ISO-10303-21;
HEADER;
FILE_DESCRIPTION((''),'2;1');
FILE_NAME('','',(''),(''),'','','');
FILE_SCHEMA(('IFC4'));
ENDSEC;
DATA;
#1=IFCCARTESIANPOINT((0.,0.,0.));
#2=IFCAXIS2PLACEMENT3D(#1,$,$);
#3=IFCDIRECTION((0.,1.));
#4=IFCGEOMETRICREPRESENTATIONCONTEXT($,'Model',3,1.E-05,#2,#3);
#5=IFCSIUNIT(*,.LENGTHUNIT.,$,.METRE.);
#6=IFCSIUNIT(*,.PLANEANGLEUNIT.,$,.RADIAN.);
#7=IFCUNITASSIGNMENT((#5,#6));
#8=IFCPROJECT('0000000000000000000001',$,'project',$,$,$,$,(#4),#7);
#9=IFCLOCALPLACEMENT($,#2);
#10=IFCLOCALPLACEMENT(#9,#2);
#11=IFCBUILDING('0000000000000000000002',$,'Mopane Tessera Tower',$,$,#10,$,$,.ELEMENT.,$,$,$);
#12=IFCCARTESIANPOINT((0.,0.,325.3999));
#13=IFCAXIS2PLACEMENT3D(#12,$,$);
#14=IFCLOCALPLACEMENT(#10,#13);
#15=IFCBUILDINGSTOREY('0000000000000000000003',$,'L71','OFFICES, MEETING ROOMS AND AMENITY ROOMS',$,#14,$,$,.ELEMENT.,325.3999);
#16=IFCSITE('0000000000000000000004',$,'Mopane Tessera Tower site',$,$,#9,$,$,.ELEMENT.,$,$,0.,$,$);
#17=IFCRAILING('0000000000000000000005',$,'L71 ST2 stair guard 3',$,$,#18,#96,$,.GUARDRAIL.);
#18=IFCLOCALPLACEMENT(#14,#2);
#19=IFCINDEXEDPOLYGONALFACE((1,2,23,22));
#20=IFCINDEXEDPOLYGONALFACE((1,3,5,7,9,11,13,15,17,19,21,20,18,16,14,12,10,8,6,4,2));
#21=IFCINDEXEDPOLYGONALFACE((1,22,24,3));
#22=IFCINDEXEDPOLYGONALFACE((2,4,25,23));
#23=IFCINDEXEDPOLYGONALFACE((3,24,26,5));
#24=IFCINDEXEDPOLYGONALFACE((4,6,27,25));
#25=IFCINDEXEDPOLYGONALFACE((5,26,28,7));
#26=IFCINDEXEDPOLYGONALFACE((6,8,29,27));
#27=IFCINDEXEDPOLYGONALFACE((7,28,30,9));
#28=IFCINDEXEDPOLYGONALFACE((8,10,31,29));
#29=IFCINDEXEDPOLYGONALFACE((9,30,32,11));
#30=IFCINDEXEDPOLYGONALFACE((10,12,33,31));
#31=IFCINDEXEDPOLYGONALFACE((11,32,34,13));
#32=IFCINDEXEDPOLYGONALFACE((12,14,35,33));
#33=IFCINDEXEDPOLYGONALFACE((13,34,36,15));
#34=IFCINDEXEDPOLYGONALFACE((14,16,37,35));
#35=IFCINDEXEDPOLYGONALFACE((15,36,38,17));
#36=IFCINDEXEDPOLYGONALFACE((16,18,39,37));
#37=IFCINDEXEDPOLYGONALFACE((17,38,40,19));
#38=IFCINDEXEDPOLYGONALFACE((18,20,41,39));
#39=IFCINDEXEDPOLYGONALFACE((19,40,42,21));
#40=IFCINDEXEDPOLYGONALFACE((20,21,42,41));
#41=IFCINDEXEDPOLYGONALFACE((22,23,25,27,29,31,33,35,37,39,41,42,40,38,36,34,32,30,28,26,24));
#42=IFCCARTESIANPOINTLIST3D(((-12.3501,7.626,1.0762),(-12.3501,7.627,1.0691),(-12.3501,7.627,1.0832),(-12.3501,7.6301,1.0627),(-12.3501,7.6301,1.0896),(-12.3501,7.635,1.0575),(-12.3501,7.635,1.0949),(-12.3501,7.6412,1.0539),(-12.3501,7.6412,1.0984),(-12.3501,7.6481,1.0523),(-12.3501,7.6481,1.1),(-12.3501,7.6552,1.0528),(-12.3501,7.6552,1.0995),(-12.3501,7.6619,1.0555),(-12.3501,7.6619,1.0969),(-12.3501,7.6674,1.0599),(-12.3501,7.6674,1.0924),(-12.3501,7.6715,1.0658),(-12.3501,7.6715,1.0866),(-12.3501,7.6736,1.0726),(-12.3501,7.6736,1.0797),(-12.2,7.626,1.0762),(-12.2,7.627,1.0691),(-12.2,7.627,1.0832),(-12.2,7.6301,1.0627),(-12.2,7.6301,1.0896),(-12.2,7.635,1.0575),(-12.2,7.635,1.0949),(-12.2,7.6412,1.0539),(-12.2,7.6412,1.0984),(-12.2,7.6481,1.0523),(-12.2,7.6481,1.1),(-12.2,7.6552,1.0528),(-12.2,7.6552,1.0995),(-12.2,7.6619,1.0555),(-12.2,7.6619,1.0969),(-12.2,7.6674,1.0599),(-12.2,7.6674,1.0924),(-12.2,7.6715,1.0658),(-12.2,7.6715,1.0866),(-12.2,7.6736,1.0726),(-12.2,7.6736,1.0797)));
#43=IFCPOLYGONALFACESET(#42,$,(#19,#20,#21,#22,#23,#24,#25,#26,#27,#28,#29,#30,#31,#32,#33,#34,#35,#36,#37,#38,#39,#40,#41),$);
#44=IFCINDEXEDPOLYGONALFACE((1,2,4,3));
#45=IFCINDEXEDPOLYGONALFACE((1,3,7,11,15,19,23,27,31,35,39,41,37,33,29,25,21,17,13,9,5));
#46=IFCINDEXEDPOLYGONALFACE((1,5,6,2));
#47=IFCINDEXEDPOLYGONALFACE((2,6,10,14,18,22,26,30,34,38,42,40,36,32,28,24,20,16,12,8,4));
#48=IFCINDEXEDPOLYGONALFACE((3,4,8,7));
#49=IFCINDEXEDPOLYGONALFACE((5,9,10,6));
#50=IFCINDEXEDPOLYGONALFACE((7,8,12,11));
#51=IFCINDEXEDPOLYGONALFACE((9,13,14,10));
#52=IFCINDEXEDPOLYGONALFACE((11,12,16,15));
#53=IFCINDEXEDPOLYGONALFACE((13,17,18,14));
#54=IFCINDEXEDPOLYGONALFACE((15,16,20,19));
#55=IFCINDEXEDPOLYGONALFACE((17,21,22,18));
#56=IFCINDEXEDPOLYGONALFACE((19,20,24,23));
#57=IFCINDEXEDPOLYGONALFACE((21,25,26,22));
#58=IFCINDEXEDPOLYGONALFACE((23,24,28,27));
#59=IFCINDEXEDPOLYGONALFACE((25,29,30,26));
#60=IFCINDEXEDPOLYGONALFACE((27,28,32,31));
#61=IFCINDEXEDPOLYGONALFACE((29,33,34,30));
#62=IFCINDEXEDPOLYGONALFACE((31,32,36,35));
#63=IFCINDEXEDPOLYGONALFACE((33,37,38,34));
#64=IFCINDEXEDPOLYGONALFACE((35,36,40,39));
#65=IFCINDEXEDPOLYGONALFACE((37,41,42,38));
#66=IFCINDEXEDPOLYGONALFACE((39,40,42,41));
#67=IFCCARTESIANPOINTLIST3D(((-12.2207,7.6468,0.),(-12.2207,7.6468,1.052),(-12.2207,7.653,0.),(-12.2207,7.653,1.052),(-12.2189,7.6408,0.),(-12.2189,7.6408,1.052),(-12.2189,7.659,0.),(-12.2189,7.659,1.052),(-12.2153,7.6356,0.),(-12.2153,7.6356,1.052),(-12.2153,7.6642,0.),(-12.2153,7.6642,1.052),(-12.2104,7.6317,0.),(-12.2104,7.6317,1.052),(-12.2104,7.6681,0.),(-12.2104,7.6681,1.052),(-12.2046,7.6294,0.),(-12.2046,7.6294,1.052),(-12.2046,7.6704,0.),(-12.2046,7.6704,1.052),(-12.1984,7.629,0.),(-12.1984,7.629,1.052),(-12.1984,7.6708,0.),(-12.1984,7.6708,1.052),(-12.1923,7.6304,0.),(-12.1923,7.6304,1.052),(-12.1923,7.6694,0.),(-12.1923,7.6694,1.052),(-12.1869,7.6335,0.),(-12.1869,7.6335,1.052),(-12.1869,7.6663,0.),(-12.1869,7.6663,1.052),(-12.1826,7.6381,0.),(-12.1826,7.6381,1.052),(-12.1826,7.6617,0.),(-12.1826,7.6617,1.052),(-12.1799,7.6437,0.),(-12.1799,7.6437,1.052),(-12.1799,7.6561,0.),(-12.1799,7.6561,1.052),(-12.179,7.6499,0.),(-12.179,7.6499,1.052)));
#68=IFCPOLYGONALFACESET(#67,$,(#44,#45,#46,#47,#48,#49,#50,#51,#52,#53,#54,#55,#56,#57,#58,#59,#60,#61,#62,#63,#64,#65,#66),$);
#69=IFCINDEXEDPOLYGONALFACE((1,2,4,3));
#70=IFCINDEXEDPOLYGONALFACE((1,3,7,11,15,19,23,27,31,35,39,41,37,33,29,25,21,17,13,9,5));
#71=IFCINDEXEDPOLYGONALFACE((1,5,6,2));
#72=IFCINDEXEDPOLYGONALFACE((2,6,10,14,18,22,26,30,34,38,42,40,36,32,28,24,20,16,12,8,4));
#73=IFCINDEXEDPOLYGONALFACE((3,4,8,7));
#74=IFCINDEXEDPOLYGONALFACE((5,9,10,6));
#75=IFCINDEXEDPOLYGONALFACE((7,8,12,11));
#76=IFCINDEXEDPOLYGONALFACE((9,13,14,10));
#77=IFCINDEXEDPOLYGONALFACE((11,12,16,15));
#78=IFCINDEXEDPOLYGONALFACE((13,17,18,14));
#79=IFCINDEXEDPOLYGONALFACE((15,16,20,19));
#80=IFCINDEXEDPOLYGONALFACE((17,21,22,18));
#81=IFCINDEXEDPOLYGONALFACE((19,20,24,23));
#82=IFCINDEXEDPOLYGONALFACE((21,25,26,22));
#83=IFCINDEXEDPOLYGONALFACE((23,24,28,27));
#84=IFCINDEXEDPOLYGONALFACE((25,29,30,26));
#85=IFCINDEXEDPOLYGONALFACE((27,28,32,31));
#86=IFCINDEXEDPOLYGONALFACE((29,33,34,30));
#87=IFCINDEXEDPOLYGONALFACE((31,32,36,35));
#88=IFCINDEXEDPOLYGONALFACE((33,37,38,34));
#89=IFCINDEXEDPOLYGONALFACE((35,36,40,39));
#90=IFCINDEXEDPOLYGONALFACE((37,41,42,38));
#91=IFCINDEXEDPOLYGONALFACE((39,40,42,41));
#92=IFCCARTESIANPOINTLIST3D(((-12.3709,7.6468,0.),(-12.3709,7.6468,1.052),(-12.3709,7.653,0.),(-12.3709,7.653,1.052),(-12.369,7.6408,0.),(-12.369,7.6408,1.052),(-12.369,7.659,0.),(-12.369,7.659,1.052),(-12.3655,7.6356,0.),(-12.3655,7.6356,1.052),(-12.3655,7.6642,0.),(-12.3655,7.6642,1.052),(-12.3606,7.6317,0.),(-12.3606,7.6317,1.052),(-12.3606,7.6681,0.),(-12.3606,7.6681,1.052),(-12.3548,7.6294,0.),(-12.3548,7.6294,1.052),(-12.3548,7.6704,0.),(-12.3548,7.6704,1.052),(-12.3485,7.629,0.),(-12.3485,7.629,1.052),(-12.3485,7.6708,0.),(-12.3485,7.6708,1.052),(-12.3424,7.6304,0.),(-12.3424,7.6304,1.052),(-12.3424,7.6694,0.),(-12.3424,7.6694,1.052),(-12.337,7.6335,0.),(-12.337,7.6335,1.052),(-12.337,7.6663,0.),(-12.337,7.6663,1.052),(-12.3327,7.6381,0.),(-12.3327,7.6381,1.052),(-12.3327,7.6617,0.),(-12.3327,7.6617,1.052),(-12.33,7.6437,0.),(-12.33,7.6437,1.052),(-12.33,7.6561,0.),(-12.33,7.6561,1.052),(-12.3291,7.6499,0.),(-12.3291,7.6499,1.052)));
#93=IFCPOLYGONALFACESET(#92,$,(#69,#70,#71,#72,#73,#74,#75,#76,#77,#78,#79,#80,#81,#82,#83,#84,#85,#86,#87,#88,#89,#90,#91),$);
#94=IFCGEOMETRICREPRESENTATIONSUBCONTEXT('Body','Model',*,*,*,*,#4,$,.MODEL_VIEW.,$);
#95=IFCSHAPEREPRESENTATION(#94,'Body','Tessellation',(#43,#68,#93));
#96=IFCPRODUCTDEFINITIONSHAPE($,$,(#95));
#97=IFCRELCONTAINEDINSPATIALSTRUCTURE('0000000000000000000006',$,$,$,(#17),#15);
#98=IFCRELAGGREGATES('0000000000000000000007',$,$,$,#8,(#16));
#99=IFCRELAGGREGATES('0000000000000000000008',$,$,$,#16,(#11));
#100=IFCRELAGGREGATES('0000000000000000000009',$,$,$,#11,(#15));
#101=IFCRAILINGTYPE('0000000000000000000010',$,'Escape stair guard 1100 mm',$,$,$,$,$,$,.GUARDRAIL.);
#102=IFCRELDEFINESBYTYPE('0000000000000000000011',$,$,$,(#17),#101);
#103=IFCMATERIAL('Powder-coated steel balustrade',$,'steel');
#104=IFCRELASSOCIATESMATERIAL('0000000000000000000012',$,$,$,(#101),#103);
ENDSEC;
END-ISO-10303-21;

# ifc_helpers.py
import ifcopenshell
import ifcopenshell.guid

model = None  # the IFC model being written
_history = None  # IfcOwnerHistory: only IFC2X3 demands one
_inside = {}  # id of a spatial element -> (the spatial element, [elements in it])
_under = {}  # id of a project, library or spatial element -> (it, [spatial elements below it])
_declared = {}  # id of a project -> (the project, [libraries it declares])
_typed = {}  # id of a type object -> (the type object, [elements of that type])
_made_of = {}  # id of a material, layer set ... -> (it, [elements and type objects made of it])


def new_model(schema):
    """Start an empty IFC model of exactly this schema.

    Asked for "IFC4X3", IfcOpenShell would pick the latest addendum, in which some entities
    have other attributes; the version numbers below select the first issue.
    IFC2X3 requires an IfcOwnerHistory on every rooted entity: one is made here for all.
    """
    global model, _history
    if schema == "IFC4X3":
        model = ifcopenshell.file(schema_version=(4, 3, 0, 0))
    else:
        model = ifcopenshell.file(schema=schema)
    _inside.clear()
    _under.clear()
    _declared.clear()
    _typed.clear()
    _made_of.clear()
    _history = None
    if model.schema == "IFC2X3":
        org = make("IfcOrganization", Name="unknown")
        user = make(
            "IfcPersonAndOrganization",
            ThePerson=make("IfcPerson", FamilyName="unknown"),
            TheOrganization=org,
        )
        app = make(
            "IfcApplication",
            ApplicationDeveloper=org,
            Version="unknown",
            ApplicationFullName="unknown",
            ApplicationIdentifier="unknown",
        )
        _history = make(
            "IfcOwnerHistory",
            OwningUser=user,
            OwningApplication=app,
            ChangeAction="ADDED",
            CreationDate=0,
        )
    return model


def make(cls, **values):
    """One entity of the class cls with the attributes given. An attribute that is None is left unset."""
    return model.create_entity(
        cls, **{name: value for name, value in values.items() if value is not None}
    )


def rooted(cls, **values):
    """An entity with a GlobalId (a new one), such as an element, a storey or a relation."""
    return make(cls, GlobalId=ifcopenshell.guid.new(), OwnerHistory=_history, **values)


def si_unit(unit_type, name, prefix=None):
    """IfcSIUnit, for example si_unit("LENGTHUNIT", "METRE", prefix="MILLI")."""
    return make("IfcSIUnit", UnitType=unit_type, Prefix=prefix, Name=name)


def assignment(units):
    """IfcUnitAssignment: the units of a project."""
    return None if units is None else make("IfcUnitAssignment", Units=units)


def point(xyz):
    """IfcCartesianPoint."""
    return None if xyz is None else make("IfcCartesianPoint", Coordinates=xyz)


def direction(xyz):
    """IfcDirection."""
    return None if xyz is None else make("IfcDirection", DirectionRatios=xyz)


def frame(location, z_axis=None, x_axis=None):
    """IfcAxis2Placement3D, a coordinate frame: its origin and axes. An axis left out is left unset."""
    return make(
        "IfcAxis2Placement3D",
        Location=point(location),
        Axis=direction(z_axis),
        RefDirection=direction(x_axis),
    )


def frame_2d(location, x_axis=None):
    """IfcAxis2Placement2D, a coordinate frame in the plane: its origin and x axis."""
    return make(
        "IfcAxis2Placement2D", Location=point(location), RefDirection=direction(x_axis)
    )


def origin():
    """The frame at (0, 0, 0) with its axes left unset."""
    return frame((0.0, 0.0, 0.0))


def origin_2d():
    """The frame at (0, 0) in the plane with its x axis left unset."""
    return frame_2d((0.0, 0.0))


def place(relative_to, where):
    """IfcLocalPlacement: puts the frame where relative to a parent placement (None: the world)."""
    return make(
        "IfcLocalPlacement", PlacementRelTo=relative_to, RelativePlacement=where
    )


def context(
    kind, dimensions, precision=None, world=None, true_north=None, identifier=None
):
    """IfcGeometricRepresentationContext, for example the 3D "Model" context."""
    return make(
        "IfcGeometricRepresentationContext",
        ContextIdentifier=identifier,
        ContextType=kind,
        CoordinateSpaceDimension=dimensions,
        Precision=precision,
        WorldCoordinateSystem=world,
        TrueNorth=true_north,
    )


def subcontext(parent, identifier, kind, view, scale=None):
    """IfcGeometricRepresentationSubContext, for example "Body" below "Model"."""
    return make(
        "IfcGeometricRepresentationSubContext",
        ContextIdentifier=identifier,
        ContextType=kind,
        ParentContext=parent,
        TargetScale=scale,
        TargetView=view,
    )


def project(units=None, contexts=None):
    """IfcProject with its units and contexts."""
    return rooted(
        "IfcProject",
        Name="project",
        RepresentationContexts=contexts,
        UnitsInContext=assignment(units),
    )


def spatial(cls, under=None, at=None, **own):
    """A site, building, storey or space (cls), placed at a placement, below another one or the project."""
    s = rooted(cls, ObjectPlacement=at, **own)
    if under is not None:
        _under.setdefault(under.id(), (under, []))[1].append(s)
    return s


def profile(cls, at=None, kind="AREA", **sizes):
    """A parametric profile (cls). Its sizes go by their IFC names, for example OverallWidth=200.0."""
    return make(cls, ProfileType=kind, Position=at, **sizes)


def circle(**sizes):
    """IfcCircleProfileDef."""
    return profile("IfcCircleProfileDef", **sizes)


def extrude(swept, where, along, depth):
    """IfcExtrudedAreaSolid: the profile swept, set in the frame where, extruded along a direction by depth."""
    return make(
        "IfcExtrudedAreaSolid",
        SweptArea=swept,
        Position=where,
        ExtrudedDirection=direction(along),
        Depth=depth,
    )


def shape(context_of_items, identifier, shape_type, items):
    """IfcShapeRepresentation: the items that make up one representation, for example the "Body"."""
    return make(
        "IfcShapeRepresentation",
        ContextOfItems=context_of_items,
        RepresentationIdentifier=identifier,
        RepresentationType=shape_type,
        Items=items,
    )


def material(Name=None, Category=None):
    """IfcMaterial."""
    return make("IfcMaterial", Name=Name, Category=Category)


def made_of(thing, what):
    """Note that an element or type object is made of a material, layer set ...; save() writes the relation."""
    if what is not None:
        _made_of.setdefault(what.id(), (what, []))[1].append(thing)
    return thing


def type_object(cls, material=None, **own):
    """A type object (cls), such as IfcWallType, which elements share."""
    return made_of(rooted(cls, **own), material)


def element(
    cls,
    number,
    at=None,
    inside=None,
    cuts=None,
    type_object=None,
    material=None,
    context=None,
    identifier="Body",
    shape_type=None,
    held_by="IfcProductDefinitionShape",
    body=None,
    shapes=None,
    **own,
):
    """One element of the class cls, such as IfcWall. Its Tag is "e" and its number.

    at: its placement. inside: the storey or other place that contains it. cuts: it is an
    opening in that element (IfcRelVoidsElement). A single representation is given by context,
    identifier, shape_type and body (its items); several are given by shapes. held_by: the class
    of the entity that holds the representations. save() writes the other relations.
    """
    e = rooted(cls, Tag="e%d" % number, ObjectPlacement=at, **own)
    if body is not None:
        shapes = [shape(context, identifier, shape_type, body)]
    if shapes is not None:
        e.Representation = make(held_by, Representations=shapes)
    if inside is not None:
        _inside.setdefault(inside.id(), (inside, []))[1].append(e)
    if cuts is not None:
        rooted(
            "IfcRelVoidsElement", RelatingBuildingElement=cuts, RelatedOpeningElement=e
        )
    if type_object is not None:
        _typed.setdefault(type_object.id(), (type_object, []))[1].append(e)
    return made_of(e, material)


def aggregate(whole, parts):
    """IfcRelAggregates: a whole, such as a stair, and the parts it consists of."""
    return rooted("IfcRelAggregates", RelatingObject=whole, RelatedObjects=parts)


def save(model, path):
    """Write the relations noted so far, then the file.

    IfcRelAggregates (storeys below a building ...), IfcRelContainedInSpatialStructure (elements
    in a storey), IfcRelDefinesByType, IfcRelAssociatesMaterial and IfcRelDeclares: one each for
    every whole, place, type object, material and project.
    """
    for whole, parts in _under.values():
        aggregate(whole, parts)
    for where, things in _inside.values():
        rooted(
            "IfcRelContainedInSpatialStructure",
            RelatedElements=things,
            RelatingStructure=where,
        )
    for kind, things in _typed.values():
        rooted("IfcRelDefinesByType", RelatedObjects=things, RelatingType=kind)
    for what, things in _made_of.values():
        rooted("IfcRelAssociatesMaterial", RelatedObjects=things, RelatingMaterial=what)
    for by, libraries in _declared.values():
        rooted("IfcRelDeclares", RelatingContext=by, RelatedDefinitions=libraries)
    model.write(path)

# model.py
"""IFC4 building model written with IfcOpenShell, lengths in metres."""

from ifc_helpers import new_model, si_unit, direction, frame, origin, origin_2d, place, context, subcontext, project, spatial, circle, extrude, material, type_object, element, save


model = new_model("IFC4")

# Units and contexts
model_context = context("Model", 3, precision=1e-05, world=origin(), true_north=direction((0.0, 1.0)))
body_context = subcontext(model_context, "Body", "Model", "MODEL_VIEW")
ifc_project = project(units=[si_unit("LENGTHUNIT", "METRE"), si_unit("PLANEANGLEUNIT", "RADIAN")], contexts=[model_context])

# Site, building, storey
site_placement = place(None, origin())
site = spatial("IfcSite", under=ifc_project, at=site_placement, Name="Mopane Tessera Tower site", CompositionType="ELEMENT", RefElevation=0.0)
building_placement = place(site_placement, origin())
building = spatial("IfcBuilding", under=site, at=building_placement, Name="Mopane Tessera Tower", CompositionType="ELEMENT")
storey_placement = place(building_placement, frame((0.0, 0.0, 325.3999)))
storey = spatial("IfcBuildingStorey", under=building, at=storey_placement, Name="L71", Description="OFFICES, MEETING ROOMS AND AMENITY ROOMS", CompositionType="ELEMENT", Elevation=325.3999)

# Railing
ifc_material_1 = material(Name="Powder-coated steel balustrade", Category="steel")
railing_type_1 = type_object("IfcRailingType", Name="Escape stair guard 1100 mm", PredefinedType="GUARDRAIL", material=ifc_material_1)
railing_1_placement = place(storey_placement, frame((-12.2, 7.6499, 0.0)))
element("IfcRailing", 1, at=railing_1_placement, inside=storey, type_object=railing_type_1, Name="L71 ST2 stair guard 3", PredefinedType="GUARDRAIL", context=body_context, shape_type="SweptSolid", body=[
    extrude(circle(Radius=0.0239, at=origin_2d()), frame((0.0, 0.0, 1.0762), z_axis=(-1.0, 0.0, 0.0), x_axis=(0.0, -1.0, 0.0)), (0.0, 0.0, 1.0), 0.1501),
    extrude(circle(Radius=0.021, at=origin_2d()), origin(), (0.0, 0.0, 1.0), 1.052),
    extrude(circle(Radius=0.021, at=origin_2d()), frame((-0.1501, 0.0, 0.0)), (0.0, 0.0, 1.0), 1.052),
])

save(model, "model.ifc")
